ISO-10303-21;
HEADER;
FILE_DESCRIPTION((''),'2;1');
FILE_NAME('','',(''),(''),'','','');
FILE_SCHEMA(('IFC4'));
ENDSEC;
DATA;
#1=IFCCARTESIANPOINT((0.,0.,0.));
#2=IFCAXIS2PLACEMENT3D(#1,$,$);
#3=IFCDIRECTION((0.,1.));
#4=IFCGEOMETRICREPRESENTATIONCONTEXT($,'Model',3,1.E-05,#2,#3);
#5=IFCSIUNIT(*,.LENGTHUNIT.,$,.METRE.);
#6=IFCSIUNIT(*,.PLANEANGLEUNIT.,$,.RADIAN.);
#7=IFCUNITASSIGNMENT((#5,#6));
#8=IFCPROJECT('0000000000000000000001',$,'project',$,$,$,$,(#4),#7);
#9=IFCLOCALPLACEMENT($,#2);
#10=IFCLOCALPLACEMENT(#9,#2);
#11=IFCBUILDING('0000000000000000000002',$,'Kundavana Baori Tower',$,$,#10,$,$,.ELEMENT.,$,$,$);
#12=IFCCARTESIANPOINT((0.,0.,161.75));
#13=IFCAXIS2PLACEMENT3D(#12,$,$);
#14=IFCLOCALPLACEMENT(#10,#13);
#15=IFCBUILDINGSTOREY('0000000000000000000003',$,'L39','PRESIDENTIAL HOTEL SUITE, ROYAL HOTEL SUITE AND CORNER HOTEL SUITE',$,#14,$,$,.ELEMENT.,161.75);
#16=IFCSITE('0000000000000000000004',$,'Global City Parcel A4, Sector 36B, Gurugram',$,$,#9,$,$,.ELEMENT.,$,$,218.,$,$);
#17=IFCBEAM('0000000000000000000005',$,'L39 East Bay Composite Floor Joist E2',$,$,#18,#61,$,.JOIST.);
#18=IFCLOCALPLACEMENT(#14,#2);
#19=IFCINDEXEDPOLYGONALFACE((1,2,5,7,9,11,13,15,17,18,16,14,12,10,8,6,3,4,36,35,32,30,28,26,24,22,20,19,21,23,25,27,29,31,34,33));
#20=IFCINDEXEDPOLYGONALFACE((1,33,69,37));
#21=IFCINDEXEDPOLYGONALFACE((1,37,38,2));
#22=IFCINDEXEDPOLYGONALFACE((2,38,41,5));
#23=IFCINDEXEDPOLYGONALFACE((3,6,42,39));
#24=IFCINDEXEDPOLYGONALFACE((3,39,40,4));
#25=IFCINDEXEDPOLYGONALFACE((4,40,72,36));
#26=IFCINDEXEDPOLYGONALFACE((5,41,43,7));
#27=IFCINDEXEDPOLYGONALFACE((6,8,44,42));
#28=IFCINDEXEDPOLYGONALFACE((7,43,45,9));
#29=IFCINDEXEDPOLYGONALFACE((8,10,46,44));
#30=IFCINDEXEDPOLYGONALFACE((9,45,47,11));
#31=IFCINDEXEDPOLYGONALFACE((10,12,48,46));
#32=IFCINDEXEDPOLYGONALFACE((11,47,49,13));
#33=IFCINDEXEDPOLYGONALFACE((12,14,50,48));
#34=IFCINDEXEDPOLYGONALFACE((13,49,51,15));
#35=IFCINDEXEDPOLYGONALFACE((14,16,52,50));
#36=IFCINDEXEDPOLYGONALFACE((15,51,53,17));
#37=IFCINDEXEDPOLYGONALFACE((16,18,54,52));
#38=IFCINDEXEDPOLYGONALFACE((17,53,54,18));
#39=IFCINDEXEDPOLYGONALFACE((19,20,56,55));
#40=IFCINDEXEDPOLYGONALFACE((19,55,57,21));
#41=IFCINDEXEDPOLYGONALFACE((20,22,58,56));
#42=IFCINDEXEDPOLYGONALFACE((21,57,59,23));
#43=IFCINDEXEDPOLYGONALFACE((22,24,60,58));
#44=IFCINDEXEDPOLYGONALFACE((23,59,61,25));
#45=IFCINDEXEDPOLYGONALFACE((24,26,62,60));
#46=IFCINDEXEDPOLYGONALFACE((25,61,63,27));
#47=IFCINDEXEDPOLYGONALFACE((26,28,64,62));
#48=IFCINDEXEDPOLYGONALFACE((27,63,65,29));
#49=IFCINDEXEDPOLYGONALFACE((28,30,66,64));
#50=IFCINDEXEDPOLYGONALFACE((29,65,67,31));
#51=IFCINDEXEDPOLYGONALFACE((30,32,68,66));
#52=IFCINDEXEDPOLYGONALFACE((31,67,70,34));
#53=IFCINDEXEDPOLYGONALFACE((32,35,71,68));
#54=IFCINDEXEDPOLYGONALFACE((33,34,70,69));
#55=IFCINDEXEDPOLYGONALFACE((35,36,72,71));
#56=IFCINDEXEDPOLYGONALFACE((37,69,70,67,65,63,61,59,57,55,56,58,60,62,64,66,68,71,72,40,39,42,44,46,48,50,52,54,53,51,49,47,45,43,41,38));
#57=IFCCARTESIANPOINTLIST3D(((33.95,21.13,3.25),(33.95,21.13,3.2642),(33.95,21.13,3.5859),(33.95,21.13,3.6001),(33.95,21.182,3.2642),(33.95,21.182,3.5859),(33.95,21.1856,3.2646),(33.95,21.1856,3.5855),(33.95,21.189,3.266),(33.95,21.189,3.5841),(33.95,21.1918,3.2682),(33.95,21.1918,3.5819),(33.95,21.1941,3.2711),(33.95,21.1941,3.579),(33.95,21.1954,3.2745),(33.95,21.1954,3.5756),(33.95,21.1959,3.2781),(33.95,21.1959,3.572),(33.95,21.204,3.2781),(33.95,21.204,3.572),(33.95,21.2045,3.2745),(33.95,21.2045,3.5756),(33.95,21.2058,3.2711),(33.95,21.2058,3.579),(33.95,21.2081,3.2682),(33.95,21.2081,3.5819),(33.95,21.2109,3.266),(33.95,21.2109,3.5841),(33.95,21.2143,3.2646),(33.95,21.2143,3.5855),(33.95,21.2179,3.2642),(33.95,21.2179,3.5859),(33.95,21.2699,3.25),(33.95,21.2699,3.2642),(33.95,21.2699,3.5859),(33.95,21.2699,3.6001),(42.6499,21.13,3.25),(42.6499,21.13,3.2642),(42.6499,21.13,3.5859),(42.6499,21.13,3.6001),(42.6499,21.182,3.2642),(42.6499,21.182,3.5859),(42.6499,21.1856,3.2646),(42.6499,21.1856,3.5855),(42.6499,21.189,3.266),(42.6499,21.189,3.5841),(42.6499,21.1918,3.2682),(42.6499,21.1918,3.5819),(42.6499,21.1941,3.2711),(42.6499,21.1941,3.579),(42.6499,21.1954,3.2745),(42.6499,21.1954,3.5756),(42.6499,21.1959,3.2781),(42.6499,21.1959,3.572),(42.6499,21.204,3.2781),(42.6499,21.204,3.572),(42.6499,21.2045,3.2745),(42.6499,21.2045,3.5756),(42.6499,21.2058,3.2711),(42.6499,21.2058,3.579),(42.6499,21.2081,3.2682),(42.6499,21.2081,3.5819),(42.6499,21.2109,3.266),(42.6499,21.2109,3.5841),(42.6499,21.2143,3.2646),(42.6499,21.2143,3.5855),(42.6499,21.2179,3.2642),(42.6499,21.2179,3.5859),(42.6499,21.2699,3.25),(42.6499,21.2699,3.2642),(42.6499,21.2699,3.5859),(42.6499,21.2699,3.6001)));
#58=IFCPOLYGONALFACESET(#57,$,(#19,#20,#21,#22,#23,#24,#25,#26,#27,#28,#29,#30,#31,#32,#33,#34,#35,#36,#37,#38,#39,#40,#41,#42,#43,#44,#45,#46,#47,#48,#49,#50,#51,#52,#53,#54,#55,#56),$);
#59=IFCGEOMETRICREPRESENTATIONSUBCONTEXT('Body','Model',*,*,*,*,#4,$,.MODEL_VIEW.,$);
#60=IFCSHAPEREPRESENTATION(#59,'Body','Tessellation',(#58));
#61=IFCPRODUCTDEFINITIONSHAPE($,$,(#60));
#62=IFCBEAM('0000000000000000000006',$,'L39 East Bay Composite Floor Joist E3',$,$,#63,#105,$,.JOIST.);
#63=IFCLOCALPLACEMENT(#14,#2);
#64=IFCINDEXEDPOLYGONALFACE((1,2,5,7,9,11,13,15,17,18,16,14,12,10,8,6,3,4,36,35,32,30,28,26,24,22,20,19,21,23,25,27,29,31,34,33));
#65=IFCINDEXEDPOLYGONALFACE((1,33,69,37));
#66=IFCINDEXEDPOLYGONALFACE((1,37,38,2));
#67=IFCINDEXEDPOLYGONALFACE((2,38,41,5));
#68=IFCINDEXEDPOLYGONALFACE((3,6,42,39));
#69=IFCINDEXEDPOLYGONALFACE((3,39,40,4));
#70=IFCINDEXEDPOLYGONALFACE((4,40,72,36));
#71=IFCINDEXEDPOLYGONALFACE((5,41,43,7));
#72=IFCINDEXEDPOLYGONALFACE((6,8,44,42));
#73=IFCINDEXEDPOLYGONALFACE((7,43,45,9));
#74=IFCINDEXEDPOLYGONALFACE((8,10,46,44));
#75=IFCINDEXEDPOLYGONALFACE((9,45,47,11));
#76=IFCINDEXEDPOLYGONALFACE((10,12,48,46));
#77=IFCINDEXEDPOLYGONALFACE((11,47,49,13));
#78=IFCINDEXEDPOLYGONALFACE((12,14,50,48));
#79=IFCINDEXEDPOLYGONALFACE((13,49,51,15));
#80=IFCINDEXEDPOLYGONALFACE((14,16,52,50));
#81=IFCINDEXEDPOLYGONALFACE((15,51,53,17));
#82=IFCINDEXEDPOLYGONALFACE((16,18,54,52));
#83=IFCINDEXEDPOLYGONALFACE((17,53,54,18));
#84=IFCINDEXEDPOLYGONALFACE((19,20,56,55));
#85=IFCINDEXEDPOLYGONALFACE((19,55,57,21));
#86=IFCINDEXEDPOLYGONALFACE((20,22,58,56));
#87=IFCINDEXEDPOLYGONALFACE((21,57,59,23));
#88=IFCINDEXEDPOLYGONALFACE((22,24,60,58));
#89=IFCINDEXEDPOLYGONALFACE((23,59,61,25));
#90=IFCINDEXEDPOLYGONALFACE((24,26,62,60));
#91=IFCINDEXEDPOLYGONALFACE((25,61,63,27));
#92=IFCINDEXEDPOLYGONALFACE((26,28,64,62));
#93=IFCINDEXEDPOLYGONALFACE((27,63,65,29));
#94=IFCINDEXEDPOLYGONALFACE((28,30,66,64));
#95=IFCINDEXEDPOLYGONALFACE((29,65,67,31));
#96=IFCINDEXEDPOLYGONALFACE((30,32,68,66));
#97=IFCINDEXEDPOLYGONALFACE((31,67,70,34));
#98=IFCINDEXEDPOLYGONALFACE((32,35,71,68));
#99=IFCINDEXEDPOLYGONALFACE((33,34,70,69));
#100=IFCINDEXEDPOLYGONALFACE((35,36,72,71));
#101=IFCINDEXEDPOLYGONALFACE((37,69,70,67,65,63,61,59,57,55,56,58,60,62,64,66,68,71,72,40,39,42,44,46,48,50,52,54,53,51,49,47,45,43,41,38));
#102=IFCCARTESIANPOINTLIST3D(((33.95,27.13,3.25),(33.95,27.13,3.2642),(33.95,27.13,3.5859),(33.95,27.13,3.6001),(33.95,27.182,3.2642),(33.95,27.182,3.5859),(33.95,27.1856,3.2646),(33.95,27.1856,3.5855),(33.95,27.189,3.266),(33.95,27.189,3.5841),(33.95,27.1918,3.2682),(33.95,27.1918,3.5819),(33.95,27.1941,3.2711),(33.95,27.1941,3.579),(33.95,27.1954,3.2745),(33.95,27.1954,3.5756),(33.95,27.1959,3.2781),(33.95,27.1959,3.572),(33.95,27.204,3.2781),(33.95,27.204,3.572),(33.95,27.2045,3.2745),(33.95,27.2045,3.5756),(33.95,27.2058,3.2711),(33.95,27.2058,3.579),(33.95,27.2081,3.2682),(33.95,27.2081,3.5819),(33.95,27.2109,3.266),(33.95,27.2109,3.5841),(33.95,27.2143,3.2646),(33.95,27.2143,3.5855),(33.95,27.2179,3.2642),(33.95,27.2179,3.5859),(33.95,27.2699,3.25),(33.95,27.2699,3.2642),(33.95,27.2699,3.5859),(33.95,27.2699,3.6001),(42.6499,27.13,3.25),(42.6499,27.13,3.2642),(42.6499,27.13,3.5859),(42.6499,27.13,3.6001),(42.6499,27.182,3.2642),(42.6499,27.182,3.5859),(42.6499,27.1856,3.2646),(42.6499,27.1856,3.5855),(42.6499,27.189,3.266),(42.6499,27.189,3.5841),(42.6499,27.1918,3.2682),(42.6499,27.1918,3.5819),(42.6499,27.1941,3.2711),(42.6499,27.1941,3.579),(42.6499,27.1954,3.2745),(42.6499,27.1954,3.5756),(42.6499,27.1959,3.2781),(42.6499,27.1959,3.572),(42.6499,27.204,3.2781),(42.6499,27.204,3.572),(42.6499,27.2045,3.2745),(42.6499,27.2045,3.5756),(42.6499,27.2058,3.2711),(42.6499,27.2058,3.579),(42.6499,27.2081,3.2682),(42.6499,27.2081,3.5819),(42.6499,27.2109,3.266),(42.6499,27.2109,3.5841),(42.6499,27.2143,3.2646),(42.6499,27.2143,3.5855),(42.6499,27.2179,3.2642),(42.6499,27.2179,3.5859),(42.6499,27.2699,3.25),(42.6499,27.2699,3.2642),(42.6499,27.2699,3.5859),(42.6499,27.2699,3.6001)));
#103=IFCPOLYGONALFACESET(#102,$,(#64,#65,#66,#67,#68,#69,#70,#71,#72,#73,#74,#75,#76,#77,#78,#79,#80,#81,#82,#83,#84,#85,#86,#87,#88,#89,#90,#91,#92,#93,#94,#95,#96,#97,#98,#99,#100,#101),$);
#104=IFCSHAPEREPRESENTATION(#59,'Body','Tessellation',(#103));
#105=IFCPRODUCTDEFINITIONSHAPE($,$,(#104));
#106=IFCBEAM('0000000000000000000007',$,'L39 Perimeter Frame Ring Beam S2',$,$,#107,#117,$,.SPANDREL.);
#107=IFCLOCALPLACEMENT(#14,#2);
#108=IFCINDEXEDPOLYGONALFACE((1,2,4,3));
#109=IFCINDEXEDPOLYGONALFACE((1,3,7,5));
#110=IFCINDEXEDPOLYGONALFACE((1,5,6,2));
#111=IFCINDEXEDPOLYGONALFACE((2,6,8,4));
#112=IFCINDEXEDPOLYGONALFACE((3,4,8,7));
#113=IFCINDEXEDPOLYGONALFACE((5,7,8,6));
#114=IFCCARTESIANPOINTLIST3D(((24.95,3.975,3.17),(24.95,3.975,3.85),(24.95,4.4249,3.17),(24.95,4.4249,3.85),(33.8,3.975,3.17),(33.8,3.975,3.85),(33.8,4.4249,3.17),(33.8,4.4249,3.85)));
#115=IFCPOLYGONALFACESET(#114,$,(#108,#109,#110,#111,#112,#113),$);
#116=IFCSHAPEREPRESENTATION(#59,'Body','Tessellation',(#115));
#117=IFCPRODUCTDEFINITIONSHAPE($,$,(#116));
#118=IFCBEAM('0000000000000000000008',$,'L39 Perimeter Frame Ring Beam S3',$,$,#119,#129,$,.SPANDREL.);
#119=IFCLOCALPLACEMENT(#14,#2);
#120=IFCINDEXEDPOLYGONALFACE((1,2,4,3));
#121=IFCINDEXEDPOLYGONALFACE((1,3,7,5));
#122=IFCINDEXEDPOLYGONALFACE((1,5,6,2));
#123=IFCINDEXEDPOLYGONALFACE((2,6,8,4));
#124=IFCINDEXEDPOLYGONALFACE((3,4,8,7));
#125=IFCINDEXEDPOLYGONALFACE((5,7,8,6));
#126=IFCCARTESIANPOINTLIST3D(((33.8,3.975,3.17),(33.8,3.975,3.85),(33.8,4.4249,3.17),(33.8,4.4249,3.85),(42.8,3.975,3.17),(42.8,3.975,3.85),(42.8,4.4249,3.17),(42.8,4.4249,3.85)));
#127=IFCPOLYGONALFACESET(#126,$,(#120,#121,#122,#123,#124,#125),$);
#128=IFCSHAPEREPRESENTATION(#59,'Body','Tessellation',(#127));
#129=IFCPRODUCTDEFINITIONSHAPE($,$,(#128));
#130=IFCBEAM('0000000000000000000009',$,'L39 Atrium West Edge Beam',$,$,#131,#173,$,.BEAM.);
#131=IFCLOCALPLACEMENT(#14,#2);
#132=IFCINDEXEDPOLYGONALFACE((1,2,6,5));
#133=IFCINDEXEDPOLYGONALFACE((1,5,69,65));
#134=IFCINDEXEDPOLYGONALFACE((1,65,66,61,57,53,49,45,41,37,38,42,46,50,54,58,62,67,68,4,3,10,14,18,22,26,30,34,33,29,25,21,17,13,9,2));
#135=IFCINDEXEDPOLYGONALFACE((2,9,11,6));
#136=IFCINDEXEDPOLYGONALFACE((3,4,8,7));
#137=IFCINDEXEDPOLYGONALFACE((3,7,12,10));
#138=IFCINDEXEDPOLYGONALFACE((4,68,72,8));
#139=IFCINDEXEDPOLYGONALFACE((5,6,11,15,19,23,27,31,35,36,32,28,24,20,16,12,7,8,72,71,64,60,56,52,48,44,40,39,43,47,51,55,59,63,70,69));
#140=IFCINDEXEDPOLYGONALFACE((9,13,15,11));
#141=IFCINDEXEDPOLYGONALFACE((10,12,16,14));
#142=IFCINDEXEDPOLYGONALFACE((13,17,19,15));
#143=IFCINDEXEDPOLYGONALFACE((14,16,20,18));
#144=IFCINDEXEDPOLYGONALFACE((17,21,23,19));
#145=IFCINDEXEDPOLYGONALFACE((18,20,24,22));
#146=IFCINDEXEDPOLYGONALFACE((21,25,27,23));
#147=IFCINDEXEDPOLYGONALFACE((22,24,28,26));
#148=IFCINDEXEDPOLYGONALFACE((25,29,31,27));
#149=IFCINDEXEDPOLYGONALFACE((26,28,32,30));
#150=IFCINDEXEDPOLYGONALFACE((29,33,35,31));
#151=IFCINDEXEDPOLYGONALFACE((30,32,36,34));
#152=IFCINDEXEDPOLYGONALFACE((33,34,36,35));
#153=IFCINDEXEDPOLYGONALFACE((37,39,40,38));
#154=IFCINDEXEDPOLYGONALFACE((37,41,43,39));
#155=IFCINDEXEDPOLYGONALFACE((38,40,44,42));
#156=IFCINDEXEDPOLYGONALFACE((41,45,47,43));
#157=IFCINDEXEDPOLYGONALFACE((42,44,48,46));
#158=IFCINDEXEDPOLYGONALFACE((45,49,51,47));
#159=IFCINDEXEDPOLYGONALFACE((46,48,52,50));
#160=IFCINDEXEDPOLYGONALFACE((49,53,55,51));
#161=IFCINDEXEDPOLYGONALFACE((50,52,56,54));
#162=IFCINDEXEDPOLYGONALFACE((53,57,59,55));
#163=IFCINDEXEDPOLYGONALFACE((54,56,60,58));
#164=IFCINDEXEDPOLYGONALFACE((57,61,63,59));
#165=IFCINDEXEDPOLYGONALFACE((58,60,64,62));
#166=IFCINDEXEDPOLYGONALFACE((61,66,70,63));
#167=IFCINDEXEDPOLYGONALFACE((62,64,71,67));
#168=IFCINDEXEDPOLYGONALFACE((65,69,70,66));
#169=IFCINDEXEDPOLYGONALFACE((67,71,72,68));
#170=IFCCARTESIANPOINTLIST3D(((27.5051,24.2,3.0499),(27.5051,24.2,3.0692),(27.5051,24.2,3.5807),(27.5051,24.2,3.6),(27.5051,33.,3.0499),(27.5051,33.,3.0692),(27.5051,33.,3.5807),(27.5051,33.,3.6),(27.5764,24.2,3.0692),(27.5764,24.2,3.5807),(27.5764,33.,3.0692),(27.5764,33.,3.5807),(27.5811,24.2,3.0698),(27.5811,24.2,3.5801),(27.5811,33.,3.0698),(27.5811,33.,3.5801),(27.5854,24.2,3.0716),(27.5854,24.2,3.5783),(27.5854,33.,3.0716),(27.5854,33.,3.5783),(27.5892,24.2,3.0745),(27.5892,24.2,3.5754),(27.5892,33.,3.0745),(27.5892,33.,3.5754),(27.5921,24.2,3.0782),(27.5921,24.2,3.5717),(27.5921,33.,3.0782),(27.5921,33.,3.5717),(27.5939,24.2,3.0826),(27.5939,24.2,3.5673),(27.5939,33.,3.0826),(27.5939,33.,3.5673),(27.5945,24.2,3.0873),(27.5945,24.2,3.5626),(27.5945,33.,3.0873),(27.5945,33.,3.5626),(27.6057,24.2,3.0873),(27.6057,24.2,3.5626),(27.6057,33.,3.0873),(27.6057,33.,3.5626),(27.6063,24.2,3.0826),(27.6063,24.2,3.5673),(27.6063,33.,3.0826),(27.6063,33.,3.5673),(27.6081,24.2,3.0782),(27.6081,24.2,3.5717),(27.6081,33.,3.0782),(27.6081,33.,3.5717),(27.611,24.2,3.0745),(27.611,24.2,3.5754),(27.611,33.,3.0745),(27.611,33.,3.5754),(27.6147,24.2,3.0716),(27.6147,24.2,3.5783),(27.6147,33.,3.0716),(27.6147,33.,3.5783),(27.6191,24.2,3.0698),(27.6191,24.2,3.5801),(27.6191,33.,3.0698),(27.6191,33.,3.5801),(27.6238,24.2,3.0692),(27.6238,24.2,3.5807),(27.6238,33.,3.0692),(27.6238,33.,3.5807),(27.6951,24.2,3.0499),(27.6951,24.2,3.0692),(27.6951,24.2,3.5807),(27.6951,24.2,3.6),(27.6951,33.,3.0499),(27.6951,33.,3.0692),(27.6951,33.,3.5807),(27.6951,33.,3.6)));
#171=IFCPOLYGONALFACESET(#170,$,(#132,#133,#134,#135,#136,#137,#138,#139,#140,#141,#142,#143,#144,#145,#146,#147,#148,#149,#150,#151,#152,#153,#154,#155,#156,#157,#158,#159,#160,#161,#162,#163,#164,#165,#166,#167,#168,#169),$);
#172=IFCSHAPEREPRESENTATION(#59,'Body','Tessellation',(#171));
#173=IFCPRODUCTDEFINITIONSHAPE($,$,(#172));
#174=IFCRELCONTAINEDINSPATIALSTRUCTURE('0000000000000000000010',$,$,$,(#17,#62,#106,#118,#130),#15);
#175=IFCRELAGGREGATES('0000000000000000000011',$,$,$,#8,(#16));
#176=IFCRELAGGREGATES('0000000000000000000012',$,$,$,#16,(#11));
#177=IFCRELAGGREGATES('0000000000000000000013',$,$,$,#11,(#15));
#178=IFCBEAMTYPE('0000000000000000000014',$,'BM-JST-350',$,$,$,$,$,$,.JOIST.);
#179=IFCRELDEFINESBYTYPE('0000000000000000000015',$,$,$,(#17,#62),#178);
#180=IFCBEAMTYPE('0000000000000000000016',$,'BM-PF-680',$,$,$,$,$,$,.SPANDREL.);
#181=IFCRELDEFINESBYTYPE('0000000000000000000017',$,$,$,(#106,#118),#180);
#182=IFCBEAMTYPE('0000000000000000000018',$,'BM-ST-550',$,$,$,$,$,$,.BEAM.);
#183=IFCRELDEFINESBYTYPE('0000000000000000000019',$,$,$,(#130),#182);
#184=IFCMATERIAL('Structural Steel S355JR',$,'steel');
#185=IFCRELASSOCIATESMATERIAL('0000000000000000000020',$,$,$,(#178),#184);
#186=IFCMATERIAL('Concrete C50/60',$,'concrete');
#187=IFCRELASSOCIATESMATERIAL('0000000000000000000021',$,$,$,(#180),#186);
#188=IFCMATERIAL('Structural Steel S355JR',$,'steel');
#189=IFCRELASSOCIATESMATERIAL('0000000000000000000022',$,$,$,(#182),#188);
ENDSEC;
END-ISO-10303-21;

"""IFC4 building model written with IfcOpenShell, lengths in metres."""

from ifc_helpers import new_model, si_unit, direction, frame, origin, origin_2d, place, context, subcontext, project, spatial, rectangle, i_section, extrude, material, material_profile, profile_set, type_object, element, save


model = new_model("IFC4")

# Units and contexts
model_context = context("Model", 3, precision=1e-05, world=origin(), true_north=direction((0.0, 1.0)))
body_context = subcontext(model_context, "Body", "Model", "MODEL_VIEW")
ifc_project = project(units=[si_unit("LENGTHUNIT", "METRE"), si_unit("PLANEANGLEUNIT", "RADIAN")], contexts=[model_context])

# Site, building, storey
site_placement = place(None, origin())
site = spatial("IfcSite", under=ifc_project, at=site_placement, Name="Global City Parcel A4, Sector 36B, Gurugram", CompositionType="ELEMENT", RefElevation=218.0)
building_placement = place(site_placement, origin())
building = spatial("IfcBuilding", under=site, at=building_placement, Name="Kundavana Baori Tower", CompositionType="ELEMENT")
storey_placement = place(building_placement, frame((0.0, 0.0, 161.75)))
storey = spatial("IfcBuildingStorey", under=building, at=storey_placement, Name="L39", Description="PRESIDENTIAL HOTEL SUITE, ROYAL HOTEL SUITE AND CORNER HOTEL SUITE", CompositionType="ELEMENT", Elevation=161.75)

# Beams
ifc_material_1 = material(Name="Structural Steel S355JR", Category="steel")
ifc_material_profile_1 = material_profile(ifc_material_1, i_section(OverallWidth=0.1399, OverallDepth=0.3501, WebThickness=0.0081, FlangeThickness=0.0142, FilletRadius=0.0139, at=origin_2d()), Name="ISMB 350")
ifc_profile_set_1 = profile_set([ifc_material_profile_1], Name="Structural Steel S355JR")
beam_type_1 = type_object("IfcBeamType", Name="BM-JST-350", PredefinedType="JOIST", material=ifc_profile_set_1)
for number, where, z_axis, x_axis, name in (
    (1, (33.95, 21.2, 3.425), (1.0, 0.0, 0.0), (0.0, 1.0, 0.0), "L39 East Bay Composite Floor Joist E2"),
    (2, (33.95, 27.2, 3.425), (1.0, 0.0, 0.0), (0.0, 1.0, 0.0), "L39 East Bay Composite Floor Joist E3"),
):
    element("IfcBeam", number, at=place(storey_placement, frame(where, z_axis=z_axis, x_axis=x_axis)), inside=storey, type_object=beam_type_1, Name=name, PredefinedType="JOIST", context=body_context, shape_type="SweptSolid", body=[
        extrude(i_section(OverallWidth=0.1399, OverallDepth=0.3501, WebThickness=0.0081, FlangeThickness=0.0142, FilletRadius=0.0139, at=origin_2d()), origin(), (0.0, 0.0, 1.0), 8.7),
    ])
ifc_material_2 = material(Name="Concrete C50/60", Category="concrete")
ifc_material_profile_2 = material_profile(ifc_material_2, rectangle(XDim=0.45, YDim=0.6799, at=origin_2d()), Name="RC BM 450x680")
ifc_profile_set_2 = profile_set([ifc_material_profile_2], Name="Concrete C50/60")
beam_type_2 = type_object("IfcBeamType", Name="BM-PF-680", PredefinedType="SPANDREL", material=ifc_profile_set_2)
beam_1_placement = place(storey_placement, frame((24.95, 4.2, 3.51), z_axis=(1.0, 0.0, 0.0), x_axis=(0.0, 1.0, 0.0)))
element("IfcBeam", 3, at=beam_1_placement, inside=storey, type_object=beam_type_2, Name="L39 Perimeter Frame Ring Beam S2", PredefinedType="SPANDREL", context=body_context, shape_type="SweptSolid", body=[
    extrude(rectangle(XDim=0.45, YDim=0.6799, at=origin_2d()), origin(), (0.0, 0.0, 1.0), 8.8501),
])
beam_2_placement = place(storey_placement, frame((33.8, 4.2, 3.51), z_axis=(1.0, 0.0, 0.0), x_axis=(0.0, 1.0, 0.0)))
element("IfcBeam", 4, at=beam_2_placement, inside=storey, type_object=beam_type_2, Name="L39 Perimeter Frame Ring Beam S3", PredefinedType="SPANDREL", context=body_context, shape_type="SweptSolid", body=[
    extrude(rectangle(XDim=0.45, YDim=0.6799, at=origin_2d()), origin(), (0.0, 0.0, 1.0), 9.0),
])
ifc_material_3 = material(Name="Structural Steel S355JR", Category="steel")
ifc_material_profile_3 = material_profile(ifc_material_3, i_section(OverallWidth=0.1899, OverallDepth=0.55, WebThickness=0.0112, FlangeThickness=0.0193, FilletRadius=0.0181, at=origin_2d()), Name="ISMB 550")
ifc_profile_set_3 = profile_set([ifc_material_profile_3], Name="Structural Steel S355JR")
beam_type_3 = type_object("IfcBeamType", Name="BM-ST-550", PredefinedType="BEAM", material=ifc_profile_set_3)
for number, where, z_axis, x_axis, name in (
    (5, (27.6001, 24.2, 3.325), (0.0, 1.0, 0.0), (-1.0, 0.0, 0.0), "L39 Atrium West Edge Beam"),
):
    element("IfcBeam", number, at=place(storey_placement, frame(where, z_axis=z_axis, x_axis=x_axis)), inside=storey, type_object=beam_type_3, Name=name, PredefinedType="BEAM", context=body_context, shape_type="SweptSolid", body=[
        extrude(i_section(OverallWidth=0.1899, OverallDepth=0.55, WebThickness=0.0112, FlangeThickness=0.0193, FilletRadius=0.0181, at=origin_2d()), origin(), (0.0, 0.0, 1.0), 8.8),
    ])

save(model, "model.ifc")
